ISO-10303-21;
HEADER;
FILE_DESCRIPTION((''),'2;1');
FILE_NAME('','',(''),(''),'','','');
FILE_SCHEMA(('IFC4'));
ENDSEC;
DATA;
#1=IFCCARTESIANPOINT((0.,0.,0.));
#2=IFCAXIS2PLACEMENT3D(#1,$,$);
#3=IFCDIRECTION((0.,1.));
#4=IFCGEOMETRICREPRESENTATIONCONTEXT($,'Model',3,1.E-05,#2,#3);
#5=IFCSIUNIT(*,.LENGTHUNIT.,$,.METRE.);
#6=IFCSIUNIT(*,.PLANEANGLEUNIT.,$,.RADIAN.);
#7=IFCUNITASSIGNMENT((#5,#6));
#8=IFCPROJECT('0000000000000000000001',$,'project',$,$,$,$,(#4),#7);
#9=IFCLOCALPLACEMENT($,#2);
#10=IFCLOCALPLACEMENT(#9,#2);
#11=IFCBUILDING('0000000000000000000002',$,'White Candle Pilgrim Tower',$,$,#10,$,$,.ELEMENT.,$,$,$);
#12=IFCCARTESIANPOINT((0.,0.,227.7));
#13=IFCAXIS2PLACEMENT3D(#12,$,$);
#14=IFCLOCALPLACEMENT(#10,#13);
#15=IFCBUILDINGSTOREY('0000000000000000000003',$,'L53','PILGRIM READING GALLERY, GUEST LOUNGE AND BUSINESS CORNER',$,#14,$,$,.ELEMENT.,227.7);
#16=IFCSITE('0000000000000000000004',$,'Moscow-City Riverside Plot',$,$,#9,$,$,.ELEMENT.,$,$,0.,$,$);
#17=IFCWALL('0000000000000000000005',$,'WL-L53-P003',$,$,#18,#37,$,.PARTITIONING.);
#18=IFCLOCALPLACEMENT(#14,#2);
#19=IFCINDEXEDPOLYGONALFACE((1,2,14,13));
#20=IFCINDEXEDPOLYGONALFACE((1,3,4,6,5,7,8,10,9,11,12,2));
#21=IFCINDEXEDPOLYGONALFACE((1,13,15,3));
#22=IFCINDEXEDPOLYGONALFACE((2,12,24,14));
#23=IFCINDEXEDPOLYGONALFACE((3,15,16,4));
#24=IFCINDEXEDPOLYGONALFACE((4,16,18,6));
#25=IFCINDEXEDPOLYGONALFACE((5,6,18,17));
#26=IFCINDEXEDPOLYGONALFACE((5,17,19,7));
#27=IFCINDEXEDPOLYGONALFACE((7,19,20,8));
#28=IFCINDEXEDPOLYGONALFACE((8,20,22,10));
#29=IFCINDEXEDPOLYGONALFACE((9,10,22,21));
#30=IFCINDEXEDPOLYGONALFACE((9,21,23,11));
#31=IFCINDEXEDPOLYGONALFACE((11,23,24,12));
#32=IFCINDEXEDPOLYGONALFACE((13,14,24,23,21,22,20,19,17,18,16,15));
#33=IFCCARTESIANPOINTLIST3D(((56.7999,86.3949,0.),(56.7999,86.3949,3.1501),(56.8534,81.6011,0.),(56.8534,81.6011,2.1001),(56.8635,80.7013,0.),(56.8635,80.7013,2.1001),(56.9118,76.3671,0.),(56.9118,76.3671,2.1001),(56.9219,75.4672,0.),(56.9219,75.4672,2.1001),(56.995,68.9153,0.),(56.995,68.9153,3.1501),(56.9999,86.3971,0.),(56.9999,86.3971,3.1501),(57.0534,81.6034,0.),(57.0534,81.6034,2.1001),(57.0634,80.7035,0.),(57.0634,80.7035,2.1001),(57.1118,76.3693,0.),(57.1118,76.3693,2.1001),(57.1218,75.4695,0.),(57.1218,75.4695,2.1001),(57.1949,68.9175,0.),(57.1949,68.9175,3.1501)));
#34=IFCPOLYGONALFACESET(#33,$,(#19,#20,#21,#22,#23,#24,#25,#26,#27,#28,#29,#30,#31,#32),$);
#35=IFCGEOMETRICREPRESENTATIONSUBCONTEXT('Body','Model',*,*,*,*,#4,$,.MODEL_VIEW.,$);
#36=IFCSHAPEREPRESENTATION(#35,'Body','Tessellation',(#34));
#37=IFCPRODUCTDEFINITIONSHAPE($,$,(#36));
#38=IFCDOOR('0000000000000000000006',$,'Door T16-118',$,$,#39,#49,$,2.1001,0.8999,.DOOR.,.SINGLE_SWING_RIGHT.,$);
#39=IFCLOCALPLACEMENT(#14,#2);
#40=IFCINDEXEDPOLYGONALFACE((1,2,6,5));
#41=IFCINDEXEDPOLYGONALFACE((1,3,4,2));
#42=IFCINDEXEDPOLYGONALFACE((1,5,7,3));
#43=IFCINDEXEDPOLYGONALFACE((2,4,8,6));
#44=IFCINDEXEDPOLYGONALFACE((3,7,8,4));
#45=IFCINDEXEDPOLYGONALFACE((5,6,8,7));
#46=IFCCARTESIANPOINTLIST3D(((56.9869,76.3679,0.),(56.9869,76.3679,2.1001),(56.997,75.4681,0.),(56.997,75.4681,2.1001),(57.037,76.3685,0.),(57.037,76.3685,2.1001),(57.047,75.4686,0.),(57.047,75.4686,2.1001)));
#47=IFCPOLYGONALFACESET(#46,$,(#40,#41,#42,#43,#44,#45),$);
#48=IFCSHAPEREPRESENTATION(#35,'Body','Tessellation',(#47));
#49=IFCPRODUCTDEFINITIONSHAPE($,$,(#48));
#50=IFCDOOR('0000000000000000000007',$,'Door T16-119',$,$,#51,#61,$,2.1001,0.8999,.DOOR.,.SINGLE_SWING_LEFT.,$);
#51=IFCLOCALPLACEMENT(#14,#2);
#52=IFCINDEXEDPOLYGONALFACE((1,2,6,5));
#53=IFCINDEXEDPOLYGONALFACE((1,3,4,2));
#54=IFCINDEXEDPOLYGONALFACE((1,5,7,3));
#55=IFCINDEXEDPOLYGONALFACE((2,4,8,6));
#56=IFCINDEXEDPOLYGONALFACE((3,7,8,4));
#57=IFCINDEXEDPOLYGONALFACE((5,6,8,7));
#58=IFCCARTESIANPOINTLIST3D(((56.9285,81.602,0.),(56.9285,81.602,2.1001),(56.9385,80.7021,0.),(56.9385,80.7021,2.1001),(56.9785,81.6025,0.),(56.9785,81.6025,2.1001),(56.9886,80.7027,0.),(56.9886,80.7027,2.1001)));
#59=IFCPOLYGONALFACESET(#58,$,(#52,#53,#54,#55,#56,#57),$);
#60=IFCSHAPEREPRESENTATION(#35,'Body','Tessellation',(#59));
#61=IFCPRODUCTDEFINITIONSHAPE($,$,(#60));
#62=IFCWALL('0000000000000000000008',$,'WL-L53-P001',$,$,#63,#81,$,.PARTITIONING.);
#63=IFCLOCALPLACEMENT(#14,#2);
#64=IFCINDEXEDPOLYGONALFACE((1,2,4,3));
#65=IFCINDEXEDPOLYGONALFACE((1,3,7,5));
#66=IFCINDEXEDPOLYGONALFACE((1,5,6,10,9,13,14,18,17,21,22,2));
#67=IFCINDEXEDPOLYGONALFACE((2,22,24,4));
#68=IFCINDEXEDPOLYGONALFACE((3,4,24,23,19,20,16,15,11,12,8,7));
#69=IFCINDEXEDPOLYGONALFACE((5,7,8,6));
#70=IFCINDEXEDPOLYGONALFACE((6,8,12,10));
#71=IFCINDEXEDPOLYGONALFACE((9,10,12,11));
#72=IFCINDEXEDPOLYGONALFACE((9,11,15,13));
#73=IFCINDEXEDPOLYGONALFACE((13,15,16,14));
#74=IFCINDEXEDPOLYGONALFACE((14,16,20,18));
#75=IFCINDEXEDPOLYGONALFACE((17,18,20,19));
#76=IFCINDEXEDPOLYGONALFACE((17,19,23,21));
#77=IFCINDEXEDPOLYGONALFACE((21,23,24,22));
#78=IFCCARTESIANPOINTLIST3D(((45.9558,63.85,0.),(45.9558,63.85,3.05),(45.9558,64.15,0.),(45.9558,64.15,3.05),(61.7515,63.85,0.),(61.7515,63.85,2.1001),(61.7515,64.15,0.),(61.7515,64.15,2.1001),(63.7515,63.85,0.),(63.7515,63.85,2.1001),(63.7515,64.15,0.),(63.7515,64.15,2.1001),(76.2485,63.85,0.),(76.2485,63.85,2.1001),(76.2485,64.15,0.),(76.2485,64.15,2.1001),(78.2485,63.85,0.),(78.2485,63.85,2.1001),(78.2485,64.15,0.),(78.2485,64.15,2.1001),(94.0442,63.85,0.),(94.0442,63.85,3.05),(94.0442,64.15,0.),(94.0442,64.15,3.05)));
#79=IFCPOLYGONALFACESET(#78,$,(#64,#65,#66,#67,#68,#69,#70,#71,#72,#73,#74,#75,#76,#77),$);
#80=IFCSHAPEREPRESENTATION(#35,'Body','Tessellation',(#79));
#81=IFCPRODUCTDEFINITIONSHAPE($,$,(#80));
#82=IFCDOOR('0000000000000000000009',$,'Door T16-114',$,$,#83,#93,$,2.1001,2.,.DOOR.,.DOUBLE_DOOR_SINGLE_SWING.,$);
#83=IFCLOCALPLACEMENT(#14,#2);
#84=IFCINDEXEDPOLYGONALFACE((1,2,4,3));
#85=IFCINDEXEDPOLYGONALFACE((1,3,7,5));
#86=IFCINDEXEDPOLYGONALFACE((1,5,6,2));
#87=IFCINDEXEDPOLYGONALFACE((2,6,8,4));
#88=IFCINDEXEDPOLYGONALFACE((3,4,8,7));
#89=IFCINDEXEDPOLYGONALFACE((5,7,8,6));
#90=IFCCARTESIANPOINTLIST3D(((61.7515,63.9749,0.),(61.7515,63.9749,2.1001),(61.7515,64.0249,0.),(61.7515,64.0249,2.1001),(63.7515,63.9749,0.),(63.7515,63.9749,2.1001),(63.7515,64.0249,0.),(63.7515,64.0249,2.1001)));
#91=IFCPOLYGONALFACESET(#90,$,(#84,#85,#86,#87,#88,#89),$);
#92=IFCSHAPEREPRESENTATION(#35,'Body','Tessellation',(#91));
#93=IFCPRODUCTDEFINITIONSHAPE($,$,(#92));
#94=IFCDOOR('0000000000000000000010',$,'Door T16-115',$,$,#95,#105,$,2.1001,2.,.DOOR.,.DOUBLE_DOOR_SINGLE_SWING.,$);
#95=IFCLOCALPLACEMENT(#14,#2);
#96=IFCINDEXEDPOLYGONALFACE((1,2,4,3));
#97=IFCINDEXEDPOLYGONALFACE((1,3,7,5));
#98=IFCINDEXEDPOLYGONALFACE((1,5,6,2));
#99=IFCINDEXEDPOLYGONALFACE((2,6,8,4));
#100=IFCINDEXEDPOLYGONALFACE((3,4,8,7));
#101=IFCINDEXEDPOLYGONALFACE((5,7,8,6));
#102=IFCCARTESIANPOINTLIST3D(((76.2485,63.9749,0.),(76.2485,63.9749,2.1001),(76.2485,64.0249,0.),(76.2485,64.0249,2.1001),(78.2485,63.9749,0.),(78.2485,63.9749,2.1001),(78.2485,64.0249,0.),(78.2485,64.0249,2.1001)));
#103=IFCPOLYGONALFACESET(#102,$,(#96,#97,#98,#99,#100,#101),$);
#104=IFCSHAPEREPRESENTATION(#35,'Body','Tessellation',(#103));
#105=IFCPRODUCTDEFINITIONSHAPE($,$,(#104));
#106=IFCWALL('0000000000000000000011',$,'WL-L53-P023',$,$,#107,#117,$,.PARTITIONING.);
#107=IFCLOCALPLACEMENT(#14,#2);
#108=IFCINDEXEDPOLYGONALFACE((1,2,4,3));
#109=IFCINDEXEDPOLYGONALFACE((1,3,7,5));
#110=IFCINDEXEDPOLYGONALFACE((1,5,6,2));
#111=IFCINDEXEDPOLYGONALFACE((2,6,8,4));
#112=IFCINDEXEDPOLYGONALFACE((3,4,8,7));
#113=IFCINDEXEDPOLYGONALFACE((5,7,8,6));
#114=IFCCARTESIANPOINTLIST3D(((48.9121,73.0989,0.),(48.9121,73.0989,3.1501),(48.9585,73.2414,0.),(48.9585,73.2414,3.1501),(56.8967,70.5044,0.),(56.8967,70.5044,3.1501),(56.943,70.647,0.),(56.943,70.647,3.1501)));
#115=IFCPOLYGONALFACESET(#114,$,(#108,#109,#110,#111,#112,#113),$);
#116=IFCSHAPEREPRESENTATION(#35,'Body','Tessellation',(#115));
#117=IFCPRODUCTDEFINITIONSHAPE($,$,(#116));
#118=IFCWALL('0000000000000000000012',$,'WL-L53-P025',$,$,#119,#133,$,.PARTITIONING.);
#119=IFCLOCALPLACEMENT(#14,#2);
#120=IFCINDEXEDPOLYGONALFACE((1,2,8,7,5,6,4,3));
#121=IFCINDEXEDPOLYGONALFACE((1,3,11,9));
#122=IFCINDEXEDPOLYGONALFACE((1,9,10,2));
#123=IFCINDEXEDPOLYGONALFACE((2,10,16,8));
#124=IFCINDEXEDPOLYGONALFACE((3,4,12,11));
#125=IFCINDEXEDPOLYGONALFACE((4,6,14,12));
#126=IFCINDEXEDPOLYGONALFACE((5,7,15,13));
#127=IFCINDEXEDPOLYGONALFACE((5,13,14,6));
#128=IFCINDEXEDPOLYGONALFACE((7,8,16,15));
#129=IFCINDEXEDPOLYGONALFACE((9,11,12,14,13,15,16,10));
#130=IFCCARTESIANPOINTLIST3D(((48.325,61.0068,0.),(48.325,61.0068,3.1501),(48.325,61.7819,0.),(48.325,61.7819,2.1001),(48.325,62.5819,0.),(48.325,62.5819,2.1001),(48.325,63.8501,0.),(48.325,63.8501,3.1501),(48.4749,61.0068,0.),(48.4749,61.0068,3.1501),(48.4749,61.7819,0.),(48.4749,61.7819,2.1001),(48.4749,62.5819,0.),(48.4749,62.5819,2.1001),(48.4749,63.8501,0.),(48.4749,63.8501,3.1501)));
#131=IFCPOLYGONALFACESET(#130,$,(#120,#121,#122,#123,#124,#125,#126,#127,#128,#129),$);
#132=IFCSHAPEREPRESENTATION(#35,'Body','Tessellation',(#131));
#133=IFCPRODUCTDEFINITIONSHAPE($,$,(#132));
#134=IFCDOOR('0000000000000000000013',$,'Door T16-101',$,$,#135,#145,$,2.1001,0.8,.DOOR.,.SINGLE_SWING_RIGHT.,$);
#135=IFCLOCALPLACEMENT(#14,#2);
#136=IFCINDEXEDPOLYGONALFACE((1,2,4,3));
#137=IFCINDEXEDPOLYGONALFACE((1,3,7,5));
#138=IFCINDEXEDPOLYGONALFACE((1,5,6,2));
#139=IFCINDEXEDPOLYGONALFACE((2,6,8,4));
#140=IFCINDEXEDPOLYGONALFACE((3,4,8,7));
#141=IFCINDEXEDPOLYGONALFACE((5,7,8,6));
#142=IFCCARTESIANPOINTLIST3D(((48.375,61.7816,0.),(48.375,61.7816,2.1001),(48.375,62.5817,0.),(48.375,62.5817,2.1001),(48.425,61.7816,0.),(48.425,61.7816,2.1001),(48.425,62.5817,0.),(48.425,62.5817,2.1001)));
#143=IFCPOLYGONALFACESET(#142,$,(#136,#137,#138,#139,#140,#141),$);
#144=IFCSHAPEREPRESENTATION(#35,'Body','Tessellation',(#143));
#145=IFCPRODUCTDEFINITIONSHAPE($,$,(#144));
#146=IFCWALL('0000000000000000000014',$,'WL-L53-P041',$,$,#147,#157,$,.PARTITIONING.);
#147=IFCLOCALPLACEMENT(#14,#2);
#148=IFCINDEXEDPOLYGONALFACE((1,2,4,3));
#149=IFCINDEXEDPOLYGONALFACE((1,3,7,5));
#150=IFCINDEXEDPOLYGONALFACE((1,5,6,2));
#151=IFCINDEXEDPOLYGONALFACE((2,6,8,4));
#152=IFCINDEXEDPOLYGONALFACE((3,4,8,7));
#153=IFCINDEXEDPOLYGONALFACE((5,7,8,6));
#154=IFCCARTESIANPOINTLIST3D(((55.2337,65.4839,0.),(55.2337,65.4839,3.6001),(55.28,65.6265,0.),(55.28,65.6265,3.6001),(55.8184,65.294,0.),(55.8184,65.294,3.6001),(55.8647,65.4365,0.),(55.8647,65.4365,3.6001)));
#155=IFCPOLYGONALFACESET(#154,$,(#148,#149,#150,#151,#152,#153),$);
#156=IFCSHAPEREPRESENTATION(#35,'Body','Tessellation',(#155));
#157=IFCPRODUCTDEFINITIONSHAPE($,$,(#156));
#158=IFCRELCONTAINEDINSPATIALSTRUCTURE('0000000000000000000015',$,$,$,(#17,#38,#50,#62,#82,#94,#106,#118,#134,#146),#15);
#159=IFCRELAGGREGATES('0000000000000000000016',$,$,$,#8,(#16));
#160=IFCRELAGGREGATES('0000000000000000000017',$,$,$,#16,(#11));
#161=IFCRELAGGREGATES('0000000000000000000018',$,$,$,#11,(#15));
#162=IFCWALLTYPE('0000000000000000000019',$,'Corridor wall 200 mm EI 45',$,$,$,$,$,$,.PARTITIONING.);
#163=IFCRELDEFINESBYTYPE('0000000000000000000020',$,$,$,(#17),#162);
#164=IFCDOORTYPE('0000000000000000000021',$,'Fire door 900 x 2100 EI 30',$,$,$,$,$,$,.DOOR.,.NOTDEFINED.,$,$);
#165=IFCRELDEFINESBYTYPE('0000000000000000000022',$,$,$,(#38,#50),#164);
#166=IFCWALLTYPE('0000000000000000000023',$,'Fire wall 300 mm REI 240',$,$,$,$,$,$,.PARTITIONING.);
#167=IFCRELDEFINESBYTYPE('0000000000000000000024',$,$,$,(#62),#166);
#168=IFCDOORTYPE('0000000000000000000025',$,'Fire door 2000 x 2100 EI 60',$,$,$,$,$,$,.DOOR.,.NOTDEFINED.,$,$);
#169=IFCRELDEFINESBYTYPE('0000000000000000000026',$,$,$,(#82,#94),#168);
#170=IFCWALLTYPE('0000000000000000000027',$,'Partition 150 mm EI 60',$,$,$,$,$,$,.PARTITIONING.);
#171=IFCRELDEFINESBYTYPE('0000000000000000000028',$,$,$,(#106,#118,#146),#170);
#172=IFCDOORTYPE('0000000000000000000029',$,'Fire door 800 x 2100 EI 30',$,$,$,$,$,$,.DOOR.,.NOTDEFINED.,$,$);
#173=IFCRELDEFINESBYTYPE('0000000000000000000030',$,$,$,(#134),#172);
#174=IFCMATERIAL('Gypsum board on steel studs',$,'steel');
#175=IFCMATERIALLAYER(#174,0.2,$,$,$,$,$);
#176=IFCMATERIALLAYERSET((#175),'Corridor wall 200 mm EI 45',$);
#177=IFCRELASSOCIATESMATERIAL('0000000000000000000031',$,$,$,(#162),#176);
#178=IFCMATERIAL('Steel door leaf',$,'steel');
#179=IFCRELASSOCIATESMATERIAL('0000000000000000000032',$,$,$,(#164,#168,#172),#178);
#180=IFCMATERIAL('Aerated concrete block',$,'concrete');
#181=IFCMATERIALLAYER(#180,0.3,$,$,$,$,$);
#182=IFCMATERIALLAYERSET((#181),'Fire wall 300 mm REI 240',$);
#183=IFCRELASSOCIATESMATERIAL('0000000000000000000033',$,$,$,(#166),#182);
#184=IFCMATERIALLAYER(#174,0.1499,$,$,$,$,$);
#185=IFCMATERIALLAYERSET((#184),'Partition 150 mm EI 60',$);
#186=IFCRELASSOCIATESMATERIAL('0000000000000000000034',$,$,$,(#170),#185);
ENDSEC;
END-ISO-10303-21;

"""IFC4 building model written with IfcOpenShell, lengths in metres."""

from ifc_helpers import new_model, si_unit, direction, frame, frame_2d, origin, place, context, subcontext, project, spatial, rectangle, extrude, material, layer, layer_set, type_object, element, fill, save


model = new_model("IFC4")

# Units and contexts
model_context = context("Model", 3, precision=1e-05, world=origin(), true_north=direction((0.0, 1.0)))
body_context = subcontext(model_context, "Body", "Model", "MODEL_VIEW")
ifc_project = project(units=[si_unit("LENGTHUNIT", "METRE"), si_unit("PLANEANGLEUNIT", "RADIAN")], contexts=[model_context])

# Site, building, storey
site_placement = place(None, origin())
site = spatial("IfcSite", under=ifc_project, at=site_placement, Name="Moscow-City Riverside Plot", CompositionType="ELEMENT", RefElevation=0.0)
building_placement = place(site_placement, origin())
building = spatial("IfcBuilding", under=site, at=building_placement, Name="White Candle Pilgrim Tower", CompositionType="ELEMENT")
storey_placement = place(building_placement, frame((0.0, 0.0, 227.7)))
storey = spatial("IfcBuildingStorey", under=building, at=storey_placement, Name="L53", Description="PILGRIM READING GALLERY, GUEST LOUNGE AND BUSINESS CORNER", CompositionType="ELEMENT", Elevation=227.7)

# Shared definitions
ifc_material_1 = material(Name="Gypsum board on steel studs", Category="steel")
ifc_layer_1 = layer(ifc_material_1, 0.2)
ifc_layer_set_1 = layer_set([ifc_layer_1], Name="Corridor wall 200 mm EI 45")
wall_type_1 = type_object("IfcWallType", Name="Corridor wall 200 mm EI 45", PredefinedType="PARTITIONING", material=ifc_layer_set_1)

# Walls, openings, doors
wall_1_placement = place(storey_placement, frame((57.095, 68.9165, 0.0), z_axis=(0.0, 0.0, 1.0), x_axis=(-0.011159, 0.999938, 0.0)))
wall_1 = element("IfcWall", 1, at=wall_1_placement, inside=storey, type_object=wall_type_1, Name="WL-L53-P003", PredefinedType="PARTITIONING", context=body_context, shape_type="SweptSolid", body=[
    extrude(rectangle(XDim=17.4807, YDim=0.2, at=frame_2d((8.7402, 0.0))), origin(), (0.0, 0.0, 1.0), 3.1501),
])
opening_1_placement = place(wall_1_placement, frame((6.5522, 0.0, 0.0)))
opening_1 = element("IfcOpeningElement", 2, at=opening_1_placement, cuts=wall_1, PredefinedType="OPENING", context=body_context, shape_type="SweptSolid", body=[
    extrude(rectangle(XDim=0.8999, YDim=2.1001, at=frame_2d((0.45, 1.05))), frame((0.0, 0.1099, 0.0), z_axis=(0.0, -1.0, 0.0), x_axis=(1.0, 0.0, 0.0)), (0.0, 0.0, 1.0), 0.22),
])
opening_2_placement = place(wall_1_placement, frame((11.7866, 0.0, 0.0)))
opening_2 = element("IfcOpeningElement", 3, at=opening_2_placement, cuts=wall_1, PredefinedType="OPENING", context=body_context, shape_type="SweptSolid", body=[
    extrude(rectangle(XDim=0.8999, YDim=2.1001, at=frame_2d((0.45, 1.05))), frame((0.0, 0.1099, 0.0), z_axis=(0.0, -1.0, 0.0), x_axis=(1.0, 0.0, 0.0)), (0.0, 0.0, 1.0), 0.22),
])
ifc_material_2 = material(Name="Steel door leaf", Category="steel")
door_type_1 = type_object("IfcDoorType", Name="Fire door 900 x 2100 EI 30", OperationType="NOTDEFINED", PredefinedType="DOOR", material=ifc_material_2)
door_1_placement = place(opening_1_placement, origin())
door_1 = element("IfcDoor", 4, at=door_1_placement, inside=storey, type_object=door_type_1, Name="Door T16-118", OperationType="SINGLE_SWING_RIGHT", OverallHeight=2.1001, OverallWidth=0.8999, PredefinedType="DOOR", context=body_context, shape_type="SweptSolid", body=[
    extrude(rectangle(XDim=0.8999, YDim=2.1001, at=frame_2d((0.45, 1.05))), frame((0.0, 0.0249, 0.0), z_axis=(0.0, -1.0, 0.0), x_axis=(1.0, 0.0, 0.0)), (0.0, 0.0, 1.0), 0.05),
])
fill(opening_1, door_1)
door_2_placement = place(opening_2_placement, origin())
door_2 = element("IfcDoor", 5, at=door_2_placement, inside=storey, type_object=door_type_1, Name="Door T16-119", OperationType="SINGLE_SWING_LEFT", OverallHeight=2.1001, OverallWidth=0.8999, PredefinedType="DOOR", context=body_context, shape_type="SweptSolid", body=[
    extrude(rectangle(XDim=0.8999, YDim=2.1001, at=frame_2d((0.45, 1.05))), frame((0.0, 0.0249, 0.0), z_axis=(0.0, -1.0, 0.0), x_axis=(1.0, 0.0, 0.0)), (0.0, 0.0, 1.0), 0.05),
])
fill(opening_2, door_2)
ifc_material_3 = material(Name="Aerated concrete block", Category="concrete")
ifc_layer_2 = layer(ifc_material_3, 0.3)
ifc_layer_set_2 = layer_set([ifc_layer_2], Name="Fire wall 300 mm REI 240")
wall_type_2 = type_object("IfcWallType", Name="Fire wall 300 mm REI 240", PredefinedType="PARTITIONING", material=ifc_layer_set_2)
wall_2_placement = place(storey_placement, frame((45.9558, 64.0, 0.0), z_axis=(0.0, 0.0, 1.0), x_axis=(1.0, 0.0, 0.0)))
wall_2 = element("IfcWall", 6, at=wall_2_placement, inside=storey, type_object=wall_type_2, Name="WL-L53-P001", PredefinedType="PARTITIONING", context=body_context, shape_type="SweptSolid", body=[
    extrude(rectangle(XDim=48.0884, YDim=0.3, at=frame_2d((24.0442, 0.0))), origin(), (0.0, 0.0, 1.0), 3.05),
])
opening_3_placement = place(wall_2_placement, frame((15.7957, 0.0, 0.0)))
opening_3 = element("IfcOpeningElement", 7, at=opening_3_placement, cuts=wall_2, PredefinedType="OPENING", context=body_context, shape_type="SweptSolid", body=[
    extrude(rectangle(XDim=2.0, YDim=2.1001, at=frame_2d((1.0, 1.05))), frame((0.0, 0.1599, 0.0), z_axis=(0.0, -1.0, 0.0), x_axis=(1.0, 0.0, 0.0)), (0.0, 0.0, 1.0), 0.3201),
])
opening_4_placement = place(wall_2_placement, frame((30.2927, 0.0, 0.0)))
opening_4 = element("IfcOpeningElement", 8, at=opening_4_placement, cuts=wall_2, PredefinedType="OPENING", context=body_context, shape_type="SweptSolid", body=[
    extrude(rectangle(XDim=2.0, YDim=2.1001, at=frame_2d((1.0, 1.05))), frame((0.0, 0.1599, 0.0), z_axis=(0.0, -1.0, 0.0), x_axis=(1.0, 0.0, 0.0)), (0.0, 0.0, 1.0), 0.3201),
])
door_type_2 = type_object("IfcDoorType", Name="Fire door 2000 x 2100 EI 60", OperationType="NOTDEFINED", PredefinedType="DOOR", material=ifc_material_2)
door_3_placement = place(opening_3_placement, origin())
door_3 = element("IfcDoor", 9, at=door_3_placement, inside=storey, type_object=door_type_2, Name="Door T16-114", OperationType="DOUBLE_DOOR_SINGLE_SWING", OverallHeight=2.1001, OverallWidth=2.0, PredefinedType="DOOR", context=body_context, shape_type="SweptSolid", body=[
    extrude(rectangle(XDim=2.0, YDim=2.1001, at=frame_2d((1.0, 1.05))), frame((0.0, 0.0249, 0.0), z_axis=(0.0, -1.0, 0.0), x_axis=(1.0, 0.0, 0.0)), (0.0, 0.0, 1.0), 0.05),
])
fill(opening_3, door_3)
door_4_placement = place(opening_4_placement, origin())
door_4 = element("IfcDoor", 10, at=door_4_placement, inside=storey, type_object=door_type_2, Name="Door T16-115", OperationType="DOUBLE_DOOR_SINGLE_SWING", OverallHeight=2.1001, OverallWidth=2.0, PredefinedType="DOOR", context=body_context, shape_type="SweptSolid", body=[
    extrude(rectangle(XDim=2.0, YDim=2.1001, at=frame_2d((1.0, 1.05))), frame((0.0, 0.0249, 0.0), z_axis=(0.0, -1.0, 0.0), x_axis=(1.0, 0.0, 0.0)), (0.0, 0.0, 1.0), 0.05),
])
fill(opening_4, door_4)

# Wall
ifc_layer_3 = layer(ifc_material_1, 0.1499)
ifc_layer_set_3 = layer_set([ifc_layer_3], Name="Partition 150 mm EI 60")
wall_type_3 = type_object("IfcWallType", Name="Partition 150 mm EI 60", PredefinedType="PARTITIONING", material=ifc_layer_set_3)
wall_3_placement = place(storey_placement, frame((48.9353, 73.1702, 0.0), z_axis=(0.0, 0.0, 1.0), x_axis=(0.951052, -0.30903, 0.0)))
element("IfcWall", 11, at=wall_3_placement, inside=storey, type_object=wall_type_3, Name="WL-L53-P023", PredefinedType="PARTITIONING", context=body_context, shape_type="SweptSolid", body=[
    extrude(rectangle(XDim=8.3955, YDim=0.1499, at=frame_2d((4.1978, 0.0))), origin(), (0.0, 0.0, 1.0), 3.1501),
])

# Wall, opening, door
wall_4_placement = place(storey_placement, frame((48.3999, 63.8501, 0.0), z_axis=(0.0, 0.0, 1.0), x_axis=(0.0, -1.0, 0.0)))
wall_4 = element("IfcWall", 12, at=wall_4_placement, inside=storey, type_object=wall_type_3, Name="WL-L53-P025", PredefinedType="PARTITIONING", context=body_context, shape_type="SweptSolid", body=[
    extrude(rectangle(XDim=2.8433, YDim=0.1499, at=frame_2d((1.4216, 0.0))), origin(), (0.0, 0.0, 1.0), 3.1501),
])
opening_5_placement = place(wall_4_placement, frame((1.2683, 0.0, 0.0)))
opening_5 = element("IfcOpeningElement", 13, at=opening_5_placement, cuts=wall_4, PredefinedType="OPENING", context=body_context, shape_type="SweptSolid", body=[
    extrude(rectangle(XDim=0.8, YDim=2.1001, at=frame_2d((0.3999, 1.05))), frame((0.0, 0.085, 0.0), z_axis=(0.0, -1.0, 0.0), x_axis=(1.0, 0.0, 0.0)), (0.0, 0.0, 1.0), 0.1699),
])
door_type_3 = type_object("IfcDoorType", Name="Fire door 800 x 2100 EI 30", OperationType="NOTDEFINED", PredefinedType="DOOR", material=ifc_material_2)
door_5_placement = place(opening_5_placement, frame((0.8, 0.0, 0.0), z_axis=(0.0, 0.0, 1.0), x_axis=(-1.0, 0.0, 0.0)))
door_5 = element("IfcDoor", 14, at=door_5_placement, inside=storey, type_object=door_type_3, Name="Door T16-101", OperationType="SINGLE_SWING_RIGHT", OverallHeight=2.1001, OverallWidth=0.8, PredefinedType="DOOR", context=body_context, shape_type="SweptSolid", body=[
    extrude(rectangle(XDim=0.8, YDim=2.1001, at=frame_2d((0.3999, 1.05))), frame((0.0, 0.0249, 0.0), z_axis=(0.0, -1.0, 0.0), x_axis=(1.0, 0.0, 0.0)), (0.0, 0.0, 1.0), 0.05),
])
fill(opening_5, door_5)

# Wall
wall_5_placement = place(storey_placement, frame((55.2568, 65.5552, 0.0), z_axis=(0.0, 0.0, 1.0), x_axis=(0.951078, -0.308951, 0.0)))
element("IfcWall", 15, at=wall_5_placement, inside=storey, type_object=wall_type_3, Name="WL-L53-P041", PredefinedType="PARTITIONING", context=body_context, shape_type="SweptSolid", body=[
    extrude(rectangle(XDim=0.6147, YDim=0.1499, at=frame_2d((0.3074, 0.0))), origin(), (0.0, 0.0, 1.0), 3.6001),
])

save(model, "model.ifc")
